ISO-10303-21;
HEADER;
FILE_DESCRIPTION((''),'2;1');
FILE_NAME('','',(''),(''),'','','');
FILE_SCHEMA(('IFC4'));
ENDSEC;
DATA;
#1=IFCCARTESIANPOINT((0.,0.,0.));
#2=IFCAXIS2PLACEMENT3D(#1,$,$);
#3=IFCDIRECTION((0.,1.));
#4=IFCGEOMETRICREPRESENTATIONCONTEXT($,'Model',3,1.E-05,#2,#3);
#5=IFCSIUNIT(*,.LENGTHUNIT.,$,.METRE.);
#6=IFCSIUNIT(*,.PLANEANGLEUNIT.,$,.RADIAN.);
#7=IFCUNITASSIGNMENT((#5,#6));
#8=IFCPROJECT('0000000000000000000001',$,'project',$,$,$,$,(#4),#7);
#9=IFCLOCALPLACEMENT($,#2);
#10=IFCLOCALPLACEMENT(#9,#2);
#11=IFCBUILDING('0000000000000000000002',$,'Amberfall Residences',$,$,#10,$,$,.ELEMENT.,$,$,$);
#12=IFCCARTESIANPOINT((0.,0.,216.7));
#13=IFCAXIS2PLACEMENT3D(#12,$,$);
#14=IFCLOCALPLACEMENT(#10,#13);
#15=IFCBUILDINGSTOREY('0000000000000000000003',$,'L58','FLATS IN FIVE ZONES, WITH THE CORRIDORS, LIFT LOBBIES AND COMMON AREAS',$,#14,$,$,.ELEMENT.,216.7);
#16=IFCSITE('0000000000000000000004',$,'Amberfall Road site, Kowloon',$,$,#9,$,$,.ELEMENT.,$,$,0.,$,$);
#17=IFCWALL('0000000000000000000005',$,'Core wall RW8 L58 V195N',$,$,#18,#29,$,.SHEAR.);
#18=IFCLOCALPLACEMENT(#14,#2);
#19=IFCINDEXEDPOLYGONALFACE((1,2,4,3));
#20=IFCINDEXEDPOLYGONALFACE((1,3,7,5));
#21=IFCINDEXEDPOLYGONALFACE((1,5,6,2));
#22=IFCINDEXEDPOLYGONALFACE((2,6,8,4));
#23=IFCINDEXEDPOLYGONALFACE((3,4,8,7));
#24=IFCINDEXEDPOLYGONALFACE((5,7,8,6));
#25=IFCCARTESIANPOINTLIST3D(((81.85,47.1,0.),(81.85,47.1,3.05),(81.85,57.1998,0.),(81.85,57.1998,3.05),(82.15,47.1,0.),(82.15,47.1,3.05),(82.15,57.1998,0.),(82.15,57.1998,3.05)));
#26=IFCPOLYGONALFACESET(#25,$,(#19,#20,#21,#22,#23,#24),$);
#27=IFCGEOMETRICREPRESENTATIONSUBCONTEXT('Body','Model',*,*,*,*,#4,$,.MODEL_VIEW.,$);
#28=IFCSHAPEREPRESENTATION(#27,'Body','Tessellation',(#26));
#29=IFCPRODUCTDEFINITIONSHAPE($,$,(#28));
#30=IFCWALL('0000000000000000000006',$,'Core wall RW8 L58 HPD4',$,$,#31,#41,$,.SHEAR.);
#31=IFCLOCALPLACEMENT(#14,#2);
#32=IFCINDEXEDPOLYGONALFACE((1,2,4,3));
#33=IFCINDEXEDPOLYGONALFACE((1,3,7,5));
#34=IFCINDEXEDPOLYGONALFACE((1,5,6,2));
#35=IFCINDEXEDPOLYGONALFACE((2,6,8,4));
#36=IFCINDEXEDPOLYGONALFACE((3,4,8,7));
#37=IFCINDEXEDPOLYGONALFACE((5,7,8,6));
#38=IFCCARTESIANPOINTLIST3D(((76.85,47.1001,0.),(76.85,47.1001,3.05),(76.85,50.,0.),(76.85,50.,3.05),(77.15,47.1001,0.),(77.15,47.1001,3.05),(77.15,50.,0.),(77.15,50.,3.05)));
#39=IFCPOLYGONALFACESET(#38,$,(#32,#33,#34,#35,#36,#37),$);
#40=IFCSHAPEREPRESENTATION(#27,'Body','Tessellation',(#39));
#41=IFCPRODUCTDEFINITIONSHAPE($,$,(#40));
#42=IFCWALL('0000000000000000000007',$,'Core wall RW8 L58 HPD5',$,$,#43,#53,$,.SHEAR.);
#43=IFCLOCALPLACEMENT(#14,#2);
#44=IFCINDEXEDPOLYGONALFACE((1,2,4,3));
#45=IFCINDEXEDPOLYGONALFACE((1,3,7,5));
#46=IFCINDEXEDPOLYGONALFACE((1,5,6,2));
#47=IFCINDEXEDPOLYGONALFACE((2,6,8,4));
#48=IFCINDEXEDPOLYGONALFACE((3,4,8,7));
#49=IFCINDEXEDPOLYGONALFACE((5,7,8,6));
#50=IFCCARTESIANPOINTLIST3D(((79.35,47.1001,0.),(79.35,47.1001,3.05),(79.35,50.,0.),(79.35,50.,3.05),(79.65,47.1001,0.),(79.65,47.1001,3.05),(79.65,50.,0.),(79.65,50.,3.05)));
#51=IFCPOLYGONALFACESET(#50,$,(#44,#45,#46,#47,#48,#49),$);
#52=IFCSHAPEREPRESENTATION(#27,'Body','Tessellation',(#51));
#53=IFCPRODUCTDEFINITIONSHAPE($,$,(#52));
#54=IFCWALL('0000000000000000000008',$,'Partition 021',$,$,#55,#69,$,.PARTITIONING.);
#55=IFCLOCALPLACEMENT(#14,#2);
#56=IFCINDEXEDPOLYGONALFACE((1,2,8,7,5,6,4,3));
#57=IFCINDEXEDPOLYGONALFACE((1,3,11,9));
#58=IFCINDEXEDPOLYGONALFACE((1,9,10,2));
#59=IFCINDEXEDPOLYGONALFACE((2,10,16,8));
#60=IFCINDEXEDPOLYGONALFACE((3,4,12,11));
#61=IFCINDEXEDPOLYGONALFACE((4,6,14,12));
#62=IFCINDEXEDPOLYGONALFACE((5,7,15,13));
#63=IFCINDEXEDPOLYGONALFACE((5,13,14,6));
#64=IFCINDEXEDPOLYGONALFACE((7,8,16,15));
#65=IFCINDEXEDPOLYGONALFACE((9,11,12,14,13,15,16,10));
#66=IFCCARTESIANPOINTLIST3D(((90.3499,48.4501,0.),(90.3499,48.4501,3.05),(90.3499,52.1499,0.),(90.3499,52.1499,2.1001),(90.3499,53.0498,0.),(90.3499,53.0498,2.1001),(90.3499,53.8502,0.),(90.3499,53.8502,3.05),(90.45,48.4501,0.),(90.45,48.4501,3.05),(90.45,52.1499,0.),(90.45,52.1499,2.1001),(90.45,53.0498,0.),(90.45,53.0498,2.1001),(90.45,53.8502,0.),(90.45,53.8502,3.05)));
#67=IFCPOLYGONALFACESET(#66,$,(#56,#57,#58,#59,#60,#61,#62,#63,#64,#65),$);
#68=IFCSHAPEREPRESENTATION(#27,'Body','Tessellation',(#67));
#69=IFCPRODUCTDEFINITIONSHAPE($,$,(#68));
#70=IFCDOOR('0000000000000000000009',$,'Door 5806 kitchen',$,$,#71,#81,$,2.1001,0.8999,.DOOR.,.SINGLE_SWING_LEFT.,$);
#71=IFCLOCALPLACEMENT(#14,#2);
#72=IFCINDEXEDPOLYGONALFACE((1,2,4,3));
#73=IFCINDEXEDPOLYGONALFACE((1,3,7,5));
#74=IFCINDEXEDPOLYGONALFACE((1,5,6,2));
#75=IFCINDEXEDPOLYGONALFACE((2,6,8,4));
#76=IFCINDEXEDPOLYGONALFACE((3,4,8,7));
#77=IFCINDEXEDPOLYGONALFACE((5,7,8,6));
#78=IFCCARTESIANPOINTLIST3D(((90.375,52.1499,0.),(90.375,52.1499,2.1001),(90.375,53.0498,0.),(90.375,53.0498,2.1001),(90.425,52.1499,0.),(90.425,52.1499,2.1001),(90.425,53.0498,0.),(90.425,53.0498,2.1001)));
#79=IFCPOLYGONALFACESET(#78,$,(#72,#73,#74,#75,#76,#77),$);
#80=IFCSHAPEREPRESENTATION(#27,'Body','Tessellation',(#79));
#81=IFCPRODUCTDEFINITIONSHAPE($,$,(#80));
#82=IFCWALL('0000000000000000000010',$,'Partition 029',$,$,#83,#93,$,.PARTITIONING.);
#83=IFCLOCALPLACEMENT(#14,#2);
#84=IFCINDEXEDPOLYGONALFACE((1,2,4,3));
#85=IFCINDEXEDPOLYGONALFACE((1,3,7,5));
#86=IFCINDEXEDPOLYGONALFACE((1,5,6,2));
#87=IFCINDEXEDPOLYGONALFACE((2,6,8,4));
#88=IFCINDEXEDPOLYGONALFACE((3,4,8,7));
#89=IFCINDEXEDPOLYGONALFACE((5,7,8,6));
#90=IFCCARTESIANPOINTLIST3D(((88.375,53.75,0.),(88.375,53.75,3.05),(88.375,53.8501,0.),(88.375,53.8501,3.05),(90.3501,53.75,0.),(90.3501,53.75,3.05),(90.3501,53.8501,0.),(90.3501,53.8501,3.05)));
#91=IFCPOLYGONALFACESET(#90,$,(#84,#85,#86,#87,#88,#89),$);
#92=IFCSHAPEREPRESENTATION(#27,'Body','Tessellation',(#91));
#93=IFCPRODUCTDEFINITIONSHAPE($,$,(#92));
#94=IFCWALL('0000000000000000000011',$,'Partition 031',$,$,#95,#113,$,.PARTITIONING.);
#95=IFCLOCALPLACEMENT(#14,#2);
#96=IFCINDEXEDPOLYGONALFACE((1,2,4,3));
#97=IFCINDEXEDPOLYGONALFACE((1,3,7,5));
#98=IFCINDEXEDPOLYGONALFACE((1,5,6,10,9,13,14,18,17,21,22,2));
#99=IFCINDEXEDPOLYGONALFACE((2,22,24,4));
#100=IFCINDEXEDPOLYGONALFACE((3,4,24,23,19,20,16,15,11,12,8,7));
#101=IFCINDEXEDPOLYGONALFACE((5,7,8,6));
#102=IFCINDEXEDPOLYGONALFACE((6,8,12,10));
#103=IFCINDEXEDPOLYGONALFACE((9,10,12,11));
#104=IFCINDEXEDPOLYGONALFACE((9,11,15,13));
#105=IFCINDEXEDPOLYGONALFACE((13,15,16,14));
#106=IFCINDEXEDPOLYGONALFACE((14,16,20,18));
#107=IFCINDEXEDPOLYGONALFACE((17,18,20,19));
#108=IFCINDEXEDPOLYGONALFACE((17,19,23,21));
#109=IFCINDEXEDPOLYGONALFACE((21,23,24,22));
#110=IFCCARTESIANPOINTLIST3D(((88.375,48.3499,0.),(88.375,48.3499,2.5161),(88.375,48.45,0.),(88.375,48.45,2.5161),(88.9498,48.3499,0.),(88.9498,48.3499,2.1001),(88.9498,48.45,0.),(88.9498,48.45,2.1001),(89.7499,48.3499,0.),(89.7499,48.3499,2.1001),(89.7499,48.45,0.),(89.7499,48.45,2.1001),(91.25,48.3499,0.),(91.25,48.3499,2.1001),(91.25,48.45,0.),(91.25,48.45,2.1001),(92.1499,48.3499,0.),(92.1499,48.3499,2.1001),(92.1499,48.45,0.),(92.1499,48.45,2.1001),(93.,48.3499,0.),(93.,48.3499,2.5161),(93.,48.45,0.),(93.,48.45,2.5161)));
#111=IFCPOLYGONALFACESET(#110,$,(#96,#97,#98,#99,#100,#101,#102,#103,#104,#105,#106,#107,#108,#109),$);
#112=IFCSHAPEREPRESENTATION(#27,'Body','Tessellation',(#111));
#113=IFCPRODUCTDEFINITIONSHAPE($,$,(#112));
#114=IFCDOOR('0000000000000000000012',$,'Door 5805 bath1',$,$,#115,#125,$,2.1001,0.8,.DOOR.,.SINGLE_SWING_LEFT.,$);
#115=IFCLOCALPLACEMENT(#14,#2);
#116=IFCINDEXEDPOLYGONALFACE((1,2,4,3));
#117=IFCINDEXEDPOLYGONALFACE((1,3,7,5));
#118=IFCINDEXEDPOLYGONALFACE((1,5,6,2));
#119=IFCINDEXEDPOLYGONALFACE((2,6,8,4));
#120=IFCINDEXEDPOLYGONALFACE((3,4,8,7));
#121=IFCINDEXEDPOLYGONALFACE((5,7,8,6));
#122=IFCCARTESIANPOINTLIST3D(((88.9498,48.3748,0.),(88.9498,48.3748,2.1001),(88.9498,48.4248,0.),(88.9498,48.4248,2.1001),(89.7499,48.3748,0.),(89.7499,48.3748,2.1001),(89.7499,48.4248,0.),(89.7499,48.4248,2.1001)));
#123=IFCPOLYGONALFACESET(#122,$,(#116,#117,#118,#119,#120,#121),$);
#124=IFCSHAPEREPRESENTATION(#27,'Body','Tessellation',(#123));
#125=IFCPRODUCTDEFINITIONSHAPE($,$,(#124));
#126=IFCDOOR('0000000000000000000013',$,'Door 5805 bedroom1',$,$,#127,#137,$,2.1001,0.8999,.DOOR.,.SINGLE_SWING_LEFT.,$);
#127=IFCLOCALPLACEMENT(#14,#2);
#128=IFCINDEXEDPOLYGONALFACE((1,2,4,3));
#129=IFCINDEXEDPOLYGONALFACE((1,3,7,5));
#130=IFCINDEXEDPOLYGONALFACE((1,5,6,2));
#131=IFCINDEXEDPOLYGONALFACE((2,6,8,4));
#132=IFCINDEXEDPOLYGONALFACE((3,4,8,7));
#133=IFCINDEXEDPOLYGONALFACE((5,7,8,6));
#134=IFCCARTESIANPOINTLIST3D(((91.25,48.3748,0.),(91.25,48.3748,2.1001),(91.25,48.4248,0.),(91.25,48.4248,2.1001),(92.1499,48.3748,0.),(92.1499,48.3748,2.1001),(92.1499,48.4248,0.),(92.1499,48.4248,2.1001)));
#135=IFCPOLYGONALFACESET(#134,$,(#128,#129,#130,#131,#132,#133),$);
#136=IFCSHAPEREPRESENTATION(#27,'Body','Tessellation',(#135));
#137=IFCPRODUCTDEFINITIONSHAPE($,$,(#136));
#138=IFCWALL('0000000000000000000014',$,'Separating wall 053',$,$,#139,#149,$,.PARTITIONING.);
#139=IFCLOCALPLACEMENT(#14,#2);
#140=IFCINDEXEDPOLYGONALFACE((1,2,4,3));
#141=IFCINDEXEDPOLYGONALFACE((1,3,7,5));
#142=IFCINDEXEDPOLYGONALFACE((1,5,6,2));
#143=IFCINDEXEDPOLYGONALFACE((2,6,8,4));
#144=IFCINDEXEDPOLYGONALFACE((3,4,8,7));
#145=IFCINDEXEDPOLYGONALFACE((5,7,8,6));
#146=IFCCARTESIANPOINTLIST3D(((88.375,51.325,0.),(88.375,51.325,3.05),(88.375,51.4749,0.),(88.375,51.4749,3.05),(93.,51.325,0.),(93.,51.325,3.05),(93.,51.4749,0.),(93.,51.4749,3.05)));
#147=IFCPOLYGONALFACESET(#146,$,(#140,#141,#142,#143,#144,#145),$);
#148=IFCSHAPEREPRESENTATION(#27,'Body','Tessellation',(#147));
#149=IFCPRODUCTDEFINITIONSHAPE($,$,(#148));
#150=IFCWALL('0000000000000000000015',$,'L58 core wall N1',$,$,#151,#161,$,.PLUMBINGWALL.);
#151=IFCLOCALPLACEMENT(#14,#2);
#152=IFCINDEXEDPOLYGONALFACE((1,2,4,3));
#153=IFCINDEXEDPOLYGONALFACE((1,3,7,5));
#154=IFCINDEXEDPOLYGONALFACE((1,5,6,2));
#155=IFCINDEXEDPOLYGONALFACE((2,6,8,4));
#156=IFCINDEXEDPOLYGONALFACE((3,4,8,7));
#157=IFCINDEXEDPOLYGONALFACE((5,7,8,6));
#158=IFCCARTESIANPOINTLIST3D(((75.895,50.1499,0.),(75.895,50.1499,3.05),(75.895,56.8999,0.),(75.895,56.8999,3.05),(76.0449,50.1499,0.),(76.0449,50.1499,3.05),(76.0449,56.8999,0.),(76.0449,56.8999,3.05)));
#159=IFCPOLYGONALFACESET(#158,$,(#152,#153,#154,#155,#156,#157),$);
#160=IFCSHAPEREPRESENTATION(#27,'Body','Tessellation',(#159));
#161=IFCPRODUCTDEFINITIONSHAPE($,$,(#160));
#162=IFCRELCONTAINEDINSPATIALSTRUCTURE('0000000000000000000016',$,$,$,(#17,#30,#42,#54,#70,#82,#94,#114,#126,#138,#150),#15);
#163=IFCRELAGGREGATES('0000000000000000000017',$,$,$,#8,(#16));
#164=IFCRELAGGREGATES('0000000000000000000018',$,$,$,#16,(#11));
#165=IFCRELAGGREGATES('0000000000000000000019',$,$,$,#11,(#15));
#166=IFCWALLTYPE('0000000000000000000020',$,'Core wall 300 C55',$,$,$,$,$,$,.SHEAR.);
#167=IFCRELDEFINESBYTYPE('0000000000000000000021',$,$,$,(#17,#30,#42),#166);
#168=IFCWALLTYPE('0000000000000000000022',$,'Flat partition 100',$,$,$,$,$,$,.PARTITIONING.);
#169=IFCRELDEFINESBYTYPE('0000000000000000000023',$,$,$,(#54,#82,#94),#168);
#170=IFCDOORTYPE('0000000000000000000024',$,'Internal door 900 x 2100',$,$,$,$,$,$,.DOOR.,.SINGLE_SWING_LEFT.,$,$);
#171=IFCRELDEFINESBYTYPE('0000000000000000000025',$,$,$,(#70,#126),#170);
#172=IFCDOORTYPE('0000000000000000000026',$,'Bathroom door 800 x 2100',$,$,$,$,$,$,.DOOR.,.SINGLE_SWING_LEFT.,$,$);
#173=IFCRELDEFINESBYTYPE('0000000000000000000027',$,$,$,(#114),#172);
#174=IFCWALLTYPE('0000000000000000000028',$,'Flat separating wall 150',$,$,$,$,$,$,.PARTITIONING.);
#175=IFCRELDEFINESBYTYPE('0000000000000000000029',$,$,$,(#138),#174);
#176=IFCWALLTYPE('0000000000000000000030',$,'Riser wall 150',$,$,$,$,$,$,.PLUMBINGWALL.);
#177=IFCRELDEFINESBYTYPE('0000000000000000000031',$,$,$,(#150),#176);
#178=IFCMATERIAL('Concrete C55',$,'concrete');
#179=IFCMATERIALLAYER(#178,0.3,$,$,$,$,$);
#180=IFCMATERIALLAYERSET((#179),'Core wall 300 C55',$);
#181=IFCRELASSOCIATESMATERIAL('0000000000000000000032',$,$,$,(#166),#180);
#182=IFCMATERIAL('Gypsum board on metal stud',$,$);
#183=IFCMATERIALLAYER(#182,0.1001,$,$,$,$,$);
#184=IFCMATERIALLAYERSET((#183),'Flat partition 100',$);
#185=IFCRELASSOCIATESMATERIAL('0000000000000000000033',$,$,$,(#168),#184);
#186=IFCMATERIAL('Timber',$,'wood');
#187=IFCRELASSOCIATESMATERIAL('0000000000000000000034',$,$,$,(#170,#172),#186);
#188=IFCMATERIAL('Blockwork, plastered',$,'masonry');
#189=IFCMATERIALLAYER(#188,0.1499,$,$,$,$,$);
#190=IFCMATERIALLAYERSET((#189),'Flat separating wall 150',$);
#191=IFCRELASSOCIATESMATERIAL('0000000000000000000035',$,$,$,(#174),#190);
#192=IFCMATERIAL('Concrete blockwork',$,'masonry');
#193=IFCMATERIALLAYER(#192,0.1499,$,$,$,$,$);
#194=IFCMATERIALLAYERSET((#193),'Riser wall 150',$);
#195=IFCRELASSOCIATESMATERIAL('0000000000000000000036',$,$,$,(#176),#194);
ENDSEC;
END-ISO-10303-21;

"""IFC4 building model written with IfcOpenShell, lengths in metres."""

from ifc_helpers import new_model, si_unit, direction, frame, frame_2d, origin, place, context, subcontext, project, spatial, rectangle, extrude, material, layer, layer_set, type_object, element, fill, save


model = new_model("IFC4")

# Units and contexts
model_context = context("Model", 3, precision=1e-05, world=origin(), true_north=direction((0.0, 1.0)))
body_context = subcontext(model_context, "Body", "Model", "MODEL_VIEW")
ifc_project = project(units=[si_unit("LENGTHUNIT", "METRE"), si_unit("PLANEANGLEUNIT", "RADIAN")], contexts=[model_context])

# Site, building, storey
site_placement = place(None, origin())
site = spatial("IfcSite", under=ifc_project, at=site_placement, Name="Amberfall Road site, Kowloon", CompositionType="ELEMENT", RefElevation=0.0)
building_placement = place(site_placement, origin())
building = spatial("IfcBuilding", under=site, at=building_placement, Name="Amberfall Residences", CompositionType="ELEMENT")
storey_placement = place(building_placement, frame((0.0, 0.0, 216.7)))
storey = spatial("IfcBuildingStorey", under=building, at=storey_placement, Name="L58", Description="FLATS IN FIVE ZONES, WITH THE CORRIDORS, LIFT LOBBIES AND COMMON AREAS", CompositionType="ELEMENT", Elevation=216.7)

# Walls
ifc_material_1 = material(Name="Concrete C55", Category="concrete")
ifc_layer_1 = layer(ifc_material_1, 0.3)
ifc_layer_set_1 = layer_set([ifc_layer_1], Name="Core wall 300 C55")
wall_type_1 = type_object("IfcWallType", Name="Core wall 300 C55", PredefinedType="SHEAR", material=ifc_layer_set_1)
wall_1_placement = place(storey_placement, frame((82.0, 47.1001, 0.0), z_axis=(0.0, 0.0, 1.0), x_axis=(0.0, 1.0, 0.0)))
element("IfcWall", 1, at=wall_1_placement, inside=storey, type_object=wall_type_1, Name="Core wall RW8 L58 V195N", PredefinedType="SHEAR", context=body_context, shape_type="SweptSolid", body=[
    extrude(rectangle(XDim=10.0999, YDim=0.3, at=frame_2d((5.0498, 0.0))), origin(), (0.0, 0.0, 1.0), 3.05),
])
for number, where, z_axis, x_axis, name in (
    (2, (77.0, 47.1001, 0.0), (0.0, 0.0, 1.0), (0.0, 1.0, 0.0), "Core wall RW8 L58 HPD4"),
    (3, (79.5, 47.1001, 0.0), (0.0, 0.0, 1.0), (0.0, 1.0, 0.0), "Core wall RW8 L58 HPD5"),
):
    element("IfcWall", number, at=place(storey_placement, frame(where, z_axis=z_axis, x_axis=x_axis)), inside=storey, type_object=wall_type_1, Name=name, PredefinedType="SHEAR", context=body_context, shape_type="SweptSolid", body=[
        extrude(rectangle(XDim=2.8999, YDim=0.3, at=frame_2d((1.45, 0.0))), origin(), (0.0, 0.0, 1.0), 3.05),
    ])

# Wall, opening, door
ifc_material_2 = material(Name="Gypsum board on metal stud")
ifc_layer_2 = layer(ifc_material_2, 0.1001)
ifc_layer_set_2 = layer_set([ifc_layer_2], Name="Flat partition 100")
wall_type_2 = type_object("IfcWallType", Name="Flat partition 100", PredefinedType="PARTITIONING", material=ifc_layer_set_2)
wall_2_placement = place(storey_placement, frame((90.3999, 48.45, 0.0), z_axis=(0.0, 0.0, 1.0), x_axis=(0.0, 1.0, 0.0)))
wall_2 = element("IfcWall", 4, at=wall_2_placement, inside=storey, type_object=wall_type_2, Name="Partition 021", PredefinedType="PARTITIONING", context=body_context, shape_type="SweptSolid", body=[
    extrude(rectangle(XDim=5.4001, YDim=0.1001, at=frame_2d((2.7002, 0.0))), origin(), (0.0, 0.0, 1.0), 3.05),
])
opening_1_placement = place(wall_2_placement, frame((3.7, 0.0, 0.0)))
opening_1 = element("IfcOpeningElement", 5, at=opening_1_placement, cuts=wall_2, PredefinedType="OPENING", context=body_context, shape_type="SweptSolid", body=[
    extrude(rectangle(XDim=0.8999, YDim=2.1001, at=frame_2d((0.45, 1.05))), frame((0.0, 0.0601, 0.0), z_axis=(0.0, -1.0, 0.0), x_axis=(1.0, 0.0, 0.0)), (0.0, 0.0, 1.0), 0.1201),
])
ifc_material_3 = material(Name="Timber", Category="wood")
door_type_1 = type_object("IfcDoorType", Name="Internal door 900 x 2100", OperationType="SINGLE_SWING_LEFT", PredefinedType="DOOR", material=ifc_material_3)
door_1_placement = place(opening_1_placement, origin())
door_1 = element("IfcDoor", 6, at=door_1_placement, inside=storey, type_object=door_type_1, Name="Door 5806 kitchen", OperationType="SINGLE_SWING_LEFT", OverallHeight=2.1001, OverallWidth=0.8999, PredefinedType="DOOR", context=body_context, shape_type="SweptSolid", body=[
    extrude(rectangle(XDim=0.8999, YDim=2.1001, at=frame_2d((0.45, 1.05))), frame((0.0, 0.0249, 0.0), z_axis=(0.0, -1.0, 0.0), x_axis=(1.0, 0.0, 0.0)), (0.0, 0.0, 1.0), 0.05),
])
fill(opening_1, door_1)

# Wall
wall_3_placement = place(storey_placement, frame((88.375, 53.8, 0.0), z_axis=(0.0, 0.0, 1.0), x_axis=(1.0, 0.0, 0.0)))
element("IfcWall", 7, at=wall_3_placement, inside=storey, type_object=wall_type_2, Name="Partition 029", PredefinedType="PARTITIONING", context=body_context, shape_type="SweptSolid", body=[
    extrude(rectangle(XDim=1.9751, YDim=0.1001, at=frame_2d((0.9875, 0.0))), origin(), (0.0, 0.0, 1.0), 3.05),
])

# Wall, openings, doors
wall_4_placement = place(storey_placement, frame((88.375, 48.3999, 0.0), z_axis=(0.0, 0.0, 1.0), x_axis=(1.0, 0.0, 0.0)))
wall_4 = element("IfcWall", 8, at=wall_4_placement, inside=storey, type_object=wall_type_2, Name="Partition 031", PredefinedType="PARTITIONING", context=body_context, shape_type="SweptSolid", body=[
    extrude(rectangle(XDim=4.625, YDim=0.1001, at=frame_2d((2.3125, 0.0))), origin(), (0.0, 0.0, 1.0), 2.5161),
])
opening_2_placement = place(wall_4_placement, frame((2.875, 0.0, 0.0)))
opening_2 = element("IfcOpeningElement", 9, at=opening_2_placement, cuts=wall_4, PredefinedType="OPENING", context=body_context, shape_type="SweptSolid", body=[
    extrude(rectangle(XDim=0.8999, YDim=2.1001, at=frame_2d((0.45, 1.05))), frame((0.0, 0.0601, 0.0), z_axis=(0.0, -1.0, 0.0), x_axis=(1.0, 0.0, 0.0)), (0.0, 0.0, 1.0), 0.1201),
])
opening_3_placement = place(wall_4_placement, frame((0.575, 0.0, 0.0)))
opening_3 = element("IfcOpeningElement", 10, at=opening_3_placement, cuts=wall_4, PredefinedType="OPENING", context=body_context, shape_type="SweptSolid", body=[
    extrude(rectangle(XDim=0.8, YDim=2.1001, at=frame_2d((0.3999, 1.05))), frame((0.0, 0.0601, 0.0), z_axis=(0.0, -1.0, 0.0), x_axis=(1.0, 0.0, 0.0)), (0.0, 0.0, 1.0), 0.1201),
])
door_type_2 = type_object("IfcDoorType", Name="Bathroom door 800 x 2100", OperationType="SINGLE_SWING_LEFT", PredefinedType="DOOR", material=ifc_material_3)
door_2_placement = place(opening_3_placement, origin())
door_2 = element("IfcDoor", 11, at=door_2_placement, inside=storey, type_object=door_type_2, Name="Door 5805 bath1", OperationType="SINGLE_SWING_LEFT", OverallHeight=2.1001, OverallWidth=0.8, PredefinedType="DOOR", context=body_context, shape_type="SweptSolid", body=[
    extrude(rectangle(XDim=0.8, YDim=2.1001, at=frame_2d((0.3999, 1.05))), frame((0.0, 0.0249, 0.0), z_axis=(0.0, -1.0, 0.0), x_axis=(1.0, 0.0, 0.0)), (0.0, 0.0, 1.0), 0.05),
])
fill(opening_3, door_2)
door_3_placement = place(opening_2_placement, origin())
door_3 = element("IfcDoor", 12, at=door_3_placement, inside=storey, type_object=door_type_1, Name="Door 5805 bedroom1", OperationType="SINGLE_SWING_LEFT", OverallHeight=2.1001, OverallWidth=0.8999, PredefinedType="DOOR", context=body_context, shape_type="SweptSolid", body=[
    extrude(rectangle(XDim=0.8999, YDim=2.1001, at=frame_2d((0.45, 1.05))), frame((0.0, 0.0249, 0.0), z_axis=(0.0, -1.0, 0.0), x_axis=(1.0, 0.0, 0.0)), (0.0, 0.0, 1.0), 0.05),
])
fill(opening_2, door_3)

# Walls
ifc_material_4 = material(Name="Blockwork, plastered", Category="masonry")
ifc_layer_3 = layer(ifc_material_4, 0.1499)
ifc_layer_set_3 = layer_set([ifc_layer_3], Name="Flat separating wall 150")
wall_type_3 = type_object("IfcWallType", Name="Flat separating wall 150", PredefinedType="PARTITIONING", material=ifc_layer_set_3)
wall_5_placement = place(storey_placement, frame((88.375, 51.3999, 0.0), z_axis=(0.0, 0.0, 1.0), x_axis=(1.0, 0.0, 0.0)))
element("IfcWall", 13, at=wall_5_placement, inside=storey, type_object=wall_type_3, Name="Separating wall 053", PredefinedType="PARTITIONING", context=body_context, shape_type="SweptSolid", body=[
    extrude(rectangle(XDim=4.625, YDim=0.1499, at=frame_2d((2.3125, 0.0))), origin(), (0.0, 0.0, 1.0), 3.05),
])
ifc_material_5 = material(Name="Concrete blockwork", Category="masonry")
ifc_layer_4 = layer(ifc_material_5, 0.1499)
ifc_layer_set_4 = layer_set([ifc_layer_4], Name="Riser wall 150")
wall_type_4 = type_object("IfcWallType", Name="Riser wall 150", PredefinedType="PLUMBINGWALL", material=ifc_layer_set_4)
wall_6_placement = place(storey_placement, frame((75.97, 50.1499, 0.0), z_axis=(0.0, 0.0, 1.0), x_axis=(0.0, 1.0, 0.0)))
element("IfcWall", 14, at=wall_6_placement, inside=storey, type_object=wall_type_4, Name="L58 core wall N1", PredefinedType="PLUMBINGWALL", context=body_context, shape_type="SweptSolid", body=[
    extrude(rectangle(XDim=6.75, YDim=0.1499, at=frame_2d((3.375, 0.0))), origin(), (0.0, 0.0, 1.0), 3.05),
])

save(model, "model.ifc")
